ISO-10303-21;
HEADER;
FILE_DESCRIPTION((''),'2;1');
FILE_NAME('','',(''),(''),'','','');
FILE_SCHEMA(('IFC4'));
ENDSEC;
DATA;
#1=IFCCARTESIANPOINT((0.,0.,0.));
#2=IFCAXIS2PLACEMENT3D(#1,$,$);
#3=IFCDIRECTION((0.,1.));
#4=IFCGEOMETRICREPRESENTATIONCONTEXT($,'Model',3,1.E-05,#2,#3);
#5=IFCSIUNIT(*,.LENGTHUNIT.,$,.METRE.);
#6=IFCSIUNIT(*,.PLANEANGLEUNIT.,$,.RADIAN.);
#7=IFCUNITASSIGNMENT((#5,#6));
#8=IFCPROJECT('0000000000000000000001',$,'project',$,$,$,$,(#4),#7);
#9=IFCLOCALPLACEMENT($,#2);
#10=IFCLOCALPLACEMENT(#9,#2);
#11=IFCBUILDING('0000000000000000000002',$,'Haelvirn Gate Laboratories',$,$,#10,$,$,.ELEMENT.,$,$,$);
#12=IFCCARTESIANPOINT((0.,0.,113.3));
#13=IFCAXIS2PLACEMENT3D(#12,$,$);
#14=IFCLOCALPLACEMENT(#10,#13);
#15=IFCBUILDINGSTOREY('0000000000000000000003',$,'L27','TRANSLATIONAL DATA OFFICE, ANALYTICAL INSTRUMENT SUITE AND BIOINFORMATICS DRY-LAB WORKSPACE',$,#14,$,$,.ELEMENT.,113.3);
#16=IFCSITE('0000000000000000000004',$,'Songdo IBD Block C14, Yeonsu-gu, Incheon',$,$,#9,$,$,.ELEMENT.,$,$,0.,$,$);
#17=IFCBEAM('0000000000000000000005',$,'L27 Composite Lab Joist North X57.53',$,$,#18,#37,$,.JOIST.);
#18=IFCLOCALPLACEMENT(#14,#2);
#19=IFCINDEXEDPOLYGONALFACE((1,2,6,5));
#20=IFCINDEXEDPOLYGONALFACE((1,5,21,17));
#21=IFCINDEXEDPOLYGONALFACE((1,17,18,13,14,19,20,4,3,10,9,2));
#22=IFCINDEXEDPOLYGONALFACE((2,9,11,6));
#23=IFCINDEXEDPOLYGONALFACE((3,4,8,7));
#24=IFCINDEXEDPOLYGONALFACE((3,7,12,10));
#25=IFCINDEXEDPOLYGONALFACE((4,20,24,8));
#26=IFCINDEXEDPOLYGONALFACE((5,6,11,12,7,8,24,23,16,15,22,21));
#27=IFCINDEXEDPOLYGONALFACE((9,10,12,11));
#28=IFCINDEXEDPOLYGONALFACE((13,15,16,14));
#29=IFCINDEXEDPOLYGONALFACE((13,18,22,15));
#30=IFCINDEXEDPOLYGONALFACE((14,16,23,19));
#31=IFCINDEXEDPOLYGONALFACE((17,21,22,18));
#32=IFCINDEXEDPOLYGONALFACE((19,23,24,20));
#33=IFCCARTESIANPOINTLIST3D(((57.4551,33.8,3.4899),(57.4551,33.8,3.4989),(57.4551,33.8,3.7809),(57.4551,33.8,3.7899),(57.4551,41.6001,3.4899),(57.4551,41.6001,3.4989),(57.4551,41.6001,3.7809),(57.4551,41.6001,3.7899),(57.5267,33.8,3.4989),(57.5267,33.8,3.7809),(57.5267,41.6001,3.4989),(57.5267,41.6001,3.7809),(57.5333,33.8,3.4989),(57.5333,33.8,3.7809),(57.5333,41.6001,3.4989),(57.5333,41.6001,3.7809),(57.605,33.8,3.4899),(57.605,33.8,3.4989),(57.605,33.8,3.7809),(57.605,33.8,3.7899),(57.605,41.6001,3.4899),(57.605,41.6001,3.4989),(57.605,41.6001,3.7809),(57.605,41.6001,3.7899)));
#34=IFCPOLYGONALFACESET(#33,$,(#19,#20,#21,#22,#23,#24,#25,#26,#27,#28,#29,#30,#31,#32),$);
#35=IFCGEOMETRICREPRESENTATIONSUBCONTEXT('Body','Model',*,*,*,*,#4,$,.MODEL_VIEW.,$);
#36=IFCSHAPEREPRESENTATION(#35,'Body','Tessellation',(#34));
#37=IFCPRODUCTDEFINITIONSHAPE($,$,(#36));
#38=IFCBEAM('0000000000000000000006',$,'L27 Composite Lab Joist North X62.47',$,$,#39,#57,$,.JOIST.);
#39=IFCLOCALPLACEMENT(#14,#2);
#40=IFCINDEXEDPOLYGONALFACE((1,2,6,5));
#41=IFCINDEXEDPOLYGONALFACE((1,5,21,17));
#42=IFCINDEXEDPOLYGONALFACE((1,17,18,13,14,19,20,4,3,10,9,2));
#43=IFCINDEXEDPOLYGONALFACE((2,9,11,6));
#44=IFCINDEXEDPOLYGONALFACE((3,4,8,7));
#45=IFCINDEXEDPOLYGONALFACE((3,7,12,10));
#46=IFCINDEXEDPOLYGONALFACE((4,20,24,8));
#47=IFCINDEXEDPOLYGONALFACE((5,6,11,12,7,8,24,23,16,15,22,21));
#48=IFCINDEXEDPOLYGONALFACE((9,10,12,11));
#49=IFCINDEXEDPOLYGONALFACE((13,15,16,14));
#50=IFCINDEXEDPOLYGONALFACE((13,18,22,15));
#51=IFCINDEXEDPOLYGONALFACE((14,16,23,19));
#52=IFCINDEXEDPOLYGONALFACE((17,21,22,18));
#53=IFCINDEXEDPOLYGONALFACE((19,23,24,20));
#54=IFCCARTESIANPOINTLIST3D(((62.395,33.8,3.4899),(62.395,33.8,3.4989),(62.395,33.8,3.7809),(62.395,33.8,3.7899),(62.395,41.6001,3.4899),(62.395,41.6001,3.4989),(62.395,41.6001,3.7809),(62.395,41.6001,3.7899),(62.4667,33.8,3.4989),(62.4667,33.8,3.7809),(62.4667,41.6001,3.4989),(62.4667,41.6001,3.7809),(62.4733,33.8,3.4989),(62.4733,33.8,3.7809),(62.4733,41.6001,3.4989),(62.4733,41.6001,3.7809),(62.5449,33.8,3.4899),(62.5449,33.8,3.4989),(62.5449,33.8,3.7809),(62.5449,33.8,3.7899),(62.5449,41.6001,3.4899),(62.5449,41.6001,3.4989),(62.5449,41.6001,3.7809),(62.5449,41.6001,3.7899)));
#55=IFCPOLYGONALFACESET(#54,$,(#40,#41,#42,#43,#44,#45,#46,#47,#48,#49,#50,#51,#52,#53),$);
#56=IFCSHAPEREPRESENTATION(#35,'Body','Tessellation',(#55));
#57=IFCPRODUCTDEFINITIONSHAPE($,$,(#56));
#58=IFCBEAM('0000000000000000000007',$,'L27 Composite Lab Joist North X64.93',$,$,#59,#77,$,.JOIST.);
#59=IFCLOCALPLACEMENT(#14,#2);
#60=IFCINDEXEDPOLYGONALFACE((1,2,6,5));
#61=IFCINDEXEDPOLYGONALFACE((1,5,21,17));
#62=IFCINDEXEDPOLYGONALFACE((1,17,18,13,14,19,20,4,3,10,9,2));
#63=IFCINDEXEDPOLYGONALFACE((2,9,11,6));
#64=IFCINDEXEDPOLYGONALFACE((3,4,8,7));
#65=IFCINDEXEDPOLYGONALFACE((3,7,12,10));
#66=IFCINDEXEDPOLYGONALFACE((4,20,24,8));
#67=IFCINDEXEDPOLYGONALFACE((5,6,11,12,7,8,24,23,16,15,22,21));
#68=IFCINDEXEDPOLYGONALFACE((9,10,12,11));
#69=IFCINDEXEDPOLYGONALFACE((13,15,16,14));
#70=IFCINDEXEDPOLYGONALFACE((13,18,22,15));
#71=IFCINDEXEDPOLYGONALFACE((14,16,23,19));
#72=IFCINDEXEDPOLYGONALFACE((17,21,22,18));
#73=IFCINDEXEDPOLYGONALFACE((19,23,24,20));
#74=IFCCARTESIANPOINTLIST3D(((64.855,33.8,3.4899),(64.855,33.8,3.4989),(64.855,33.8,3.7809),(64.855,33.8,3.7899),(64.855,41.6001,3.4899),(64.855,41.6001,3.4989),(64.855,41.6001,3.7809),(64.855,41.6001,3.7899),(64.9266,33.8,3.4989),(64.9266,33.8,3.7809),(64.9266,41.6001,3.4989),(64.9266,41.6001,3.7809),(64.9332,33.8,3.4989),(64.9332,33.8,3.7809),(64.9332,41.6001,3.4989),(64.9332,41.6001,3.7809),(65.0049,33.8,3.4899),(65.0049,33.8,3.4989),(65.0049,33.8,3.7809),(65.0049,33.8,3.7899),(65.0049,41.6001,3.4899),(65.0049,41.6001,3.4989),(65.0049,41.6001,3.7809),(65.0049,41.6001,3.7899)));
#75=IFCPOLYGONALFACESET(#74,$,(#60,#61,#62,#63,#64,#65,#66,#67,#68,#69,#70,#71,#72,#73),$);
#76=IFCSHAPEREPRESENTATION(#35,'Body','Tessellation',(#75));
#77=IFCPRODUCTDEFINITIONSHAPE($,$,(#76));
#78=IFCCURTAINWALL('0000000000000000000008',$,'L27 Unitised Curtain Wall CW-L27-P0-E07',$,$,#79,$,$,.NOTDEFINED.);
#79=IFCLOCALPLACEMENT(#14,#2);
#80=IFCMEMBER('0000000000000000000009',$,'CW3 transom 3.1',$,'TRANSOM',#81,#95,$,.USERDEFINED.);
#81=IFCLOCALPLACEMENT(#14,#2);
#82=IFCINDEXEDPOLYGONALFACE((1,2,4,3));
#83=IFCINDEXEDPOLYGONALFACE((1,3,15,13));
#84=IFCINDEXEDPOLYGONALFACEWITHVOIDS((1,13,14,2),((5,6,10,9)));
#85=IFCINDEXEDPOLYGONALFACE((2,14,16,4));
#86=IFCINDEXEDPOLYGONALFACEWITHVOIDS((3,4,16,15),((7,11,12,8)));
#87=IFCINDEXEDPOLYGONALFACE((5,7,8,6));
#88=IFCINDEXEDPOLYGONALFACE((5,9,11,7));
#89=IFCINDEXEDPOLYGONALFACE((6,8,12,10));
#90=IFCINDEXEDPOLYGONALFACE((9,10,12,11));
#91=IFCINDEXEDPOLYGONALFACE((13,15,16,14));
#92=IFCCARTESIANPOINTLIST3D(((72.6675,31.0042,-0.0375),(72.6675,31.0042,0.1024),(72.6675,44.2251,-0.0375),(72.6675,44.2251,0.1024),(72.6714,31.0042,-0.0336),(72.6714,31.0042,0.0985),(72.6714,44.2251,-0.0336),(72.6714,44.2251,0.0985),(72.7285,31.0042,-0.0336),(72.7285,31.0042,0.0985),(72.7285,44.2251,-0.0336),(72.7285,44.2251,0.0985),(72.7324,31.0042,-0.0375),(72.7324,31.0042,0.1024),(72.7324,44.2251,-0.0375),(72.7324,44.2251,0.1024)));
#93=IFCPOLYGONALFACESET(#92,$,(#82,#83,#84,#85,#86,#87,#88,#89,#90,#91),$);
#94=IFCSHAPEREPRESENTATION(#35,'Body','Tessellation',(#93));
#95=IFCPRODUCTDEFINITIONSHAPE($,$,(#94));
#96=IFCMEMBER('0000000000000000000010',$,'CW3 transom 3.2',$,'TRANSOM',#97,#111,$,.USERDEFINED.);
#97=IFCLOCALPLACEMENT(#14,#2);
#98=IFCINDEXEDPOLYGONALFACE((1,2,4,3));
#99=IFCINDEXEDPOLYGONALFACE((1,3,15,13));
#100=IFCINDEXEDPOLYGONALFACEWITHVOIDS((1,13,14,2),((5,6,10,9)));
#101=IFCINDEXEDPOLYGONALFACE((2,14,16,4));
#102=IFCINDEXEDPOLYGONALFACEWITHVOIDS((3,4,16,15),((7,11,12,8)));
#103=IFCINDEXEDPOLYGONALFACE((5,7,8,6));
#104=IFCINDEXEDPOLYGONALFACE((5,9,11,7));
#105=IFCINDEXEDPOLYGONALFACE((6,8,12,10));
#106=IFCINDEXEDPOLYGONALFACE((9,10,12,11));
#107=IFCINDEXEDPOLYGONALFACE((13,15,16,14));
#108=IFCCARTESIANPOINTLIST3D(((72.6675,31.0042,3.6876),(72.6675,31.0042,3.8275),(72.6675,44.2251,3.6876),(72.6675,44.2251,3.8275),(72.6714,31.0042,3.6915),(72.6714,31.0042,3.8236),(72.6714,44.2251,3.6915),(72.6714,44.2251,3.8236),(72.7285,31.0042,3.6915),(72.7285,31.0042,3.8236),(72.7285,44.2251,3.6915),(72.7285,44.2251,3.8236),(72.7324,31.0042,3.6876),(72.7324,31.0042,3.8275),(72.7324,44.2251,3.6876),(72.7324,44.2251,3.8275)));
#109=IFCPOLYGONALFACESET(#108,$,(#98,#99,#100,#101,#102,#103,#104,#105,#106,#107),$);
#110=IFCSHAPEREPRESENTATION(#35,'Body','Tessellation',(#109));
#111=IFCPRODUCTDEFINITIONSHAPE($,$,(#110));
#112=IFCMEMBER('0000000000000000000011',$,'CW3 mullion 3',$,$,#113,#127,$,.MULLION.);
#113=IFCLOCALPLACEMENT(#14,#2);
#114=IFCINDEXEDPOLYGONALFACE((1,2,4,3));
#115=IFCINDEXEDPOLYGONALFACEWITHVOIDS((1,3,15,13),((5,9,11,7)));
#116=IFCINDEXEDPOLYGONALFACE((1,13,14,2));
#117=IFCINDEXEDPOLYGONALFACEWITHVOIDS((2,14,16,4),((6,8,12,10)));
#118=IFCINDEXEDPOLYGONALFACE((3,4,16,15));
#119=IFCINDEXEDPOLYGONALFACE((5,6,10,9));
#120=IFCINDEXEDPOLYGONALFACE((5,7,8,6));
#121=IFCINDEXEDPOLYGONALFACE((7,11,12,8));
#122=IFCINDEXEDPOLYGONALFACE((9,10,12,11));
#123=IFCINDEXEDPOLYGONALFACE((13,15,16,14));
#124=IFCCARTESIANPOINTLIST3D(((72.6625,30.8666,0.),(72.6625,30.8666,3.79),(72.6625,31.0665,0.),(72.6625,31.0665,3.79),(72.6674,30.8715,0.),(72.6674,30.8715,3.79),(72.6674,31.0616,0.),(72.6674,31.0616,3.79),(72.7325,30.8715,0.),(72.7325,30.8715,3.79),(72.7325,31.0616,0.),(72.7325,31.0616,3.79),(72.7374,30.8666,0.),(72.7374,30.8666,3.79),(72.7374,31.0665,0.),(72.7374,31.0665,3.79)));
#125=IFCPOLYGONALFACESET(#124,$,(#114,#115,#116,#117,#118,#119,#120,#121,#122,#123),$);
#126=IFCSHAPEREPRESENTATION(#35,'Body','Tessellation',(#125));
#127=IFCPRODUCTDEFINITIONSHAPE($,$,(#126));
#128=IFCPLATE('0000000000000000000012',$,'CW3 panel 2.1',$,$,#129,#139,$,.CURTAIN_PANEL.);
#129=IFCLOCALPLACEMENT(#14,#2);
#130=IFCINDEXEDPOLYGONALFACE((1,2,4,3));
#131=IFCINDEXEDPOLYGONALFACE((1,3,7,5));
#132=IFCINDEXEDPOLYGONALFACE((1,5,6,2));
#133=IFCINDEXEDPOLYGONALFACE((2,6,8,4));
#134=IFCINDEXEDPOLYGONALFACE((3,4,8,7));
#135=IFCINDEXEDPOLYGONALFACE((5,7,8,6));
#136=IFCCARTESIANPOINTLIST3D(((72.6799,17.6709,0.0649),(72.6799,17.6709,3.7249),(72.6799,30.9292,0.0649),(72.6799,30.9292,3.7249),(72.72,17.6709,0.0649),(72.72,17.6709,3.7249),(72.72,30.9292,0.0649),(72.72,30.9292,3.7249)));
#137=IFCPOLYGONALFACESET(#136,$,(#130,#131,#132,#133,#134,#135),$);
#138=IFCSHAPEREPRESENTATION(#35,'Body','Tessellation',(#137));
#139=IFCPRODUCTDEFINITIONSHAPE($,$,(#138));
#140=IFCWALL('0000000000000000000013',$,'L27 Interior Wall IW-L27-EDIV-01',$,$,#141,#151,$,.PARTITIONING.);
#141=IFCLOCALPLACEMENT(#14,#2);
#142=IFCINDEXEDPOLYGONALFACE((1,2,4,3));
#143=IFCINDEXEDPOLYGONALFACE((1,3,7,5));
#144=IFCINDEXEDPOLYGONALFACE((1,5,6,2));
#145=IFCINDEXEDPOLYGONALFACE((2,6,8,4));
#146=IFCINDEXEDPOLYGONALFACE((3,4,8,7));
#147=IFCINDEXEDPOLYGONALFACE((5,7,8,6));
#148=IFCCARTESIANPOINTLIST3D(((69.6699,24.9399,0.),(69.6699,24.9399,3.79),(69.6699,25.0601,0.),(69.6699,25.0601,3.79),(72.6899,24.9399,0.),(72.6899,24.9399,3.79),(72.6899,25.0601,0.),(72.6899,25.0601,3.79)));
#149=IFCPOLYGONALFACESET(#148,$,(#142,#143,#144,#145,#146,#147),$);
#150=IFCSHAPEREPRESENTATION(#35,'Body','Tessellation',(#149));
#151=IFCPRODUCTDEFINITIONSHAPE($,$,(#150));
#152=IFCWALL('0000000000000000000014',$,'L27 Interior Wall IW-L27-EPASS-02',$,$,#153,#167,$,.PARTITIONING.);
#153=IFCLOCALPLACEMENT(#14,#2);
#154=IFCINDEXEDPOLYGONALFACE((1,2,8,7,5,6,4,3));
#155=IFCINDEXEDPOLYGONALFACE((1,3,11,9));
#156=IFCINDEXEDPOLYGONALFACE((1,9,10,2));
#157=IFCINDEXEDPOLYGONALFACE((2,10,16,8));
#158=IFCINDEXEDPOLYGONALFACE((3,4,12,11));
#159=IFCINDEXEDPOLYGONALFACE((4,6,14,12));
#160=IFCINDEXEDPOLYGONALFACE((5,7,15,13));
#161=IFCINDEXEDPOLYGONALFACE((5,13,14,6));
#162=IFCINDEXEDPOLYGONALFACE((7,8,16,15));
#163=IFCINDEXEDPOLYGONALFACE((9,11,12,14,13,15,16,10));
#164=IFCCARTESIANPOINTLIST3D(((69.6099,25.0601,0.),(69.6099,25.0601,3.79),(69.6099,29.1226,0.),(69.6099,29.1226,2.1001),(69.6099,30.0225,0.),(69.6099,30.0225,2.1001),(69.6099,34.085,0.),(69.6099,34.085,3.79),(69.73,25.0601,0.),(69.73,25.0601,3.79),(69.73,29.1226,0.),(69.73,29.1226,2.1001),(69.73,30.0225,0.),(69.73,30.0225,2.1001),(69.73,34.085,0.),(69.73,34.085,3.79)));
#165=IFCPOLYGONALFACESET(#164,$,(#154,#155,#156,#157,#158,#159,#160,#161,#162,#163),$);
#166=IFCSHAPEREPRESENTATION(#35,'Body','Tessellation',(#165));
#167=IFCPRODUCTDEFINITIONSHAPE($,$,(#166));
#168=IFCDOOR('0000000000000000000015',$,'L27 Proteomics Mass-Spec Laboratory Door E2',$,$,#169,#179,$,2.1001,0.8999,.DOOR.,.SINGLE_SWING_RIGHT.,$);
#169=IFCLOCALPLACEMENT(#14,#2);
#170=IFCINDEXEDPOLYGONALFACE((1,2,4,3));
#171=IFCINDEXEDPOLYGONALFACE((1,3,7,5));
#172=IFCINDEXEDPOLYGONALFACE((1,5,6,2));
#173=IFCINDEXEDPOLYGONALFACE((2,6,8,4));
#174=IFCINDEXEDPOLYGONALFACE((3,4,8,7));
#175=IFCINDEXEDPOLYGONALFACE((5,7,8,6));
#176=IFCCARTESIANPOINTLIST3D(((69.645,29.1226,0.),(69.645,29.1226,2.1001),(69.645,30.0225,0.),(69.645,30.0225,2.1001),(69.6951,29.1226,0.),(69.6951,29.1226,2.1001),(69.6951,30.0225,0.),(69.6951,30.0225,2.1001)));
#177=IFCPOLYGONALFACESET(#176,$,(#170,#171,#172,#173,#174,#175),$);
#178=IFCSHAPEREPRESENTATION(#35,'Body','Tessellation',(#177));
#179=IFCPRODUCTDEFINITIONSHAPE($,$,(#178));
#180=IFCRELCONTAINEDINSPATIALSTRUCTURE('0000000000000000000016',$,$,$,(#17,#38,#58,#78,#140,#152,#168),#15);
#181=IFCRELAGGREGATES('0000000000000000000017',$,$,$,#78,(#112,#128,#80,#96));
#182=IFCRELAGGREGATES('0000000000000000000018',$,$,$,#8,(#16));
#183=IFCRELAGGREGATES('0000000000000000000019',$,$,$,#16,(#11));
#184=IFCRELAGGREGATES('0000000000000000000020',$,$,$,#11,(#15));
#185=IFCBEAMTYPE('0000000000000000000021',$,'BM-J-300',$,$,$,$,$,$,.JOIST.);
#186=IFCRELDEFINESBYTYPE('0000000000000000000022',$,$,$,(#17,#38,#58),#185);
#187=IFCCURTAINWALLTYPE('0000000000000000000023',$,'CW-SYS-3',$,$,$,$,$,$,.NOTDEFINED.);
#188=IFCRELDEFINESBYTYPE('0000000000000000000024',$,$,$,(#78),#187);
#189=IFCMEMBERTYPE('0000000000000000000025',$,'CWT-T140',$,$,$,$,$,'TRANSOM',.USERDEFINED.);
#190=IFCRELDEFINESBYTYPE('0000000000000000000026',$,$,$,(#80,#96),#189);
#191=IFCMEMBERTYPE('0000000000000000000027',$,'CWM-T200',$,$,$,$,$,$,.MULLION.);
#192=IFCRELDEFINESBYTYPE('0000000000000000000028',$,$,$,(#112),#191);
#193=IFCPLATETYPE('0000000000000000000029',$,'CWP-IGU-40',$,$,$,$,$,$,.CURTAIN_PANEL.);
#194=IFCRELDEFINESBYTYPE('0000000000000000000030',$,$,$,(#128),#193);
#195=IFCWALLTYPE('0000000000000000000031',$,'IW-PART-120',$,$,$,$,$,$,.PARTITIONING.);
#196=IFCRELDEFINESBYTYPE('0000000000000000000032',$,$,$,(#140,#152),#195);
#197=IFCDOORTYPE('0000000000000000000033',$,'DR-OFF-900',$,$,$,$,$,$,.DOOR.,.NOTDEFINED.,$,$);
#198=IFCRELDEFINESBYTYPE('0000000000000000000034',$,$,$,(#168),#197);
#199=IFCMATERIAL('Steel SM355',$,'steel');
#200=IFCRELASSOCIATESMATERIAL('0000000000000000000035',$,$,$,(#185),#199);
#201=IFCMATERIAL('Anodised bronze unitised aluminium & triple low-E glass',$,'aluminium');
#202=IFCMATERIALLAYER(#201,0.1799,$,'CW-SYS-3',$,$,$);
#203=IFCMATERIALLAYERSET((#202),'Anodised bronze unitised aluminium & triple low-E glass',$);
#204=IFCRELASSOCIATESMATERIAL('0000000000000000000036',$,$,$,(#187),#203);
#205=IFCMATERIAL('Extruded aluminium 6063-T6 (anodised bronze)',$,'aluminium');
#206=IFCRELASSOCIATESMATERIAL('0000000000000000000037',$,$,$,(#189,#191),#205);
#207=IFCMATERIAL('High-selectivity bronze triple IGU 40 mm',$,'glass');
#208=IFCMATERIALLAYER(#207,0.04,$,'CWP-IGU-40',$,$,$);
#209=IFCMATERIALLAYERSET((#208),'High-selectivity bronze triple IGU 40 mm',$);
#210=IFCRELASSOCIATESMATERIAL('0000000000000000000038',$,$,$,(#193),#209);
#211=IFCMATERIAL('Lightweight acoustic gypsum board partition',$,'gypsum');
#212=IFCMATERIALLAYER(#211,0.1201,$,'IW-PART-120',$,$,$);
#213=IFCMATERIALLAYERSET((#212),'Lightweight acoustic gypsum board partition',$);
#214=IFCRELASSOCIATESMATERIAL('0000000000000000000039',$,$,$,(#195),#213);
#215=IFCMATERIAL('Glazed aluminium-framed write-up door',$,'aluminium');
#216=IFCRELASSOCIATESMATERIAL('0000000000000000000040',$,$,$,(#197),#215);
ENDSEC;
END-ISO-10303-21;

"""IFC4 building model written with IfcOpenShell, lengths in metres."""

from ifc_helpers import new_model, si_unit, direction, frame, frame_2d, origin, origin_2d, place, context, subcontext, project, spatial, rectangle, hollow_rectangle, i_section, extrude, source, transform, mapped, material, layer, layer_set, material_profile, profile_set, type_object, type_shapes, element, fill, aggregate, save


model = new_model("IFC4")

# Units and contexts
model_context = context("Model", 3, precision=1e-05, world=origin(), true_north=direction((0.0, 1.0)))
body_context = subcontext(model_context, "Body", "Model", "MODEL_VIEW")
ifc_project = project(units=[si_unit("LENGTHUNIT", "METRE"), si_unit("PLANEANGLEUNIT", "RADIAN")], contexts=[model_context])

# Site, building, storey
site_placement = place(None, origin())
site = spatial("IfcSite", under=ifc_project, at=site_placement, Name="Songdo IBD Block C14, Yeonsu-gu, Incheon", CompositionType="ELEMENT", RefElevation=0.0)
building_placement = place(site_placement, origin())
building = spatial("IfcBuilding", under=site, at=building_placement, Name="Haelvirn Gate Laboratories", CompositionType="ELEMENT")
storey_placement = place(building_placement, frame((0.0, 0.0, 113.3)))
storey = spatial("IfcBuildingStorey", under=building, at=storey_placement, Name="L27", Description="TRANSLATIONAL DATA OFFICE, ANALYTICAL INSTRUMENT SUITE AND BIOINFORMATICS DRY-LAB WORKSPACE", CompositionType="ELEMENT", Elevation=113.3)

# Beams
ifc_material_1 = material(Name="Steel SM355", Category="steel")
ifc_material_profile_1 = material_profile(ifc_material_1, i_section(OverallWidth=0.1499, OverallDepth=0.3, WebThickness=0.0066, FlangeThickness=0.009, at=origin_2d()), Name="H-300x150x6.5x9")
ifc_profile_set_1 = profile_set([ifc_material_profile_1], Name="Steel SM355")
beam_type = type_object("IfcBeamType", Name="BM-J-300", PredefinedType="JOIST", material=ifc_profile_set_1)
shared_shape_1 = source(origin(), body_context, "Body", "SweptSolid", [
    extrude(i_section(OverallWidth=0.1499, OverallDepth=0.3, WebThickness=0.0066, FlangeThickness=0.009, at=origin_2d()), origin(), (0.0, 0.0, 1.0), 7.8),
])
type_shapes(beam_type, [shared_shape_1])
for number, where, z_axis, x_axis, name in (
    (1, (57.53, 33.8, 3.6399), (0.0, 1.0, 0.0), (-1.0, 0.0, 0.0), "L27 Composite Lab Joist North X57.53"),
    (2, (62.47, 33.8, 3.6399), (0.0, 1.0, 0.0), (-1.0, 0.0, 0.0), "L27 Composite Lab Joist North X62.47"),
    (3, (64.9299, 33.8, 3.6399), (0.0, 1.0, 0.0), (-1.0, 0.0, 0.0), "L27 Composite Lab Joist North X64.93"),
):
    element("IfcBeam", number, at=place(storey_placement, frame(where, z_axis=z_axis, x_axis=x_axis)), inside=storey, type_object=beam_type, Name=name, PredefinedType="JOIST", context=body_context, shape_type="MappedRepresentation", body=[
        mapped(shared_shape_1, transform((0.0, 0.0, 0.0), scale=1.0)),
    ])

# Curtain wall, members, plate
ifc_material_2 = material(Name="Anodised bronze unitised aluminium & triple low-E glass", Category="aluminium")
ifc_layer_1 = layer(ifc_material_2, 0.1799, Name="CW-SYS-3")
ifc_layer_set_1 = layer_set([ifc_layer_1], Name="Anodised bronze unitised aluminium & triple low-E glass")
curtain_wall_type = type_object("IfcCurtainWallType", Name="CW-SYS-3", PredefinedType="NOTDEFINED", material=ifc_layer_set_1)
curtain_wall_placement = place(storey_placement, origin())
curtain_wall = element("IfcCurtainWall", 4, at=curtain_wall_placement, inside=storey, type_object=curtain_wall_type, Name="L27 Unitised Curtain Wall CW-L27-P0-E07", PredefinedType="NOTDEFINED")
ifc_material_3 = material(Name="Extruded aluminium 6063-T6 (anodised bronze)", Category="aluminium")
ifc_material_profile_2 = material_profile(ifc_material_3, hollow_rectangle(XDim=0.0649, YDim=0.1399, WallThickness=0.0039, at=origin_2d()), Name="CWT-140x65x4")
ifc_profile_set_2 = profile_set([ifc_material_profile_2], Name="Extruded aluminium 6063-T6 (anodised bronze)")
member_type_1 = type_object("IfcMemberType", Name="CWT-T140", ElementType="TRANSOM", PredefinedType="USERDEFINED", material=ifc_profile_set_2)
shared_shape_2 = source(origin(), body_context, "Body", "SweptSolid", [
    extrude(hollow_rectangle(XDim=0.0649, YDim=0.1399, WallThickness=0.0039, at=origin_2d()), origin(), (0.0, 0.0, 1.0), 13.2209),
])
type_shapes(member_type_1, [shared_shape_2])
member_1_placement = place(storey_placement, frame((72.7, 31.0042, 0.0325), z_axis=(0.0, 1.0, 0.0), x_axis=(-1.0, 0.0, 0.0)))
member_1 = element("IfcMember", 5, at=member_1_placement, type_object=member_type_1, Name="CW3 transom 3.1", ObjectType="TRANSOM", PredefinedType="USERDEFINED", context=body_context, shape_type="MappedRepresentation", body=[
    mapped(shared_shape_2, transform((0.0, 0.0, 0.0), scale=1.0)),
])
member_2_placement = place(storey_placement, frame((72.7, 31.0042, 3.7576), z_axis=(0.0, 1.0, 0.0), x_axis=(-1.0, 0.0, 0.0)))
member_2 = element("IfcMember", 6, at=member_2_placement, type_object=member_type_1, Name="CW3 transom 3.2", ObjectType="TRANSOM", PredefinedType="USERDEFINED", context=body_context, shape_type="MappedRepresentation", body=[
    mapped(shared_shape_2, transform((0.0, 0.0, 0.0), scale=1.0)),
])
ifc_material_profile_3 = material_profile(ifc_material_3, hollow_rectangle(XDim=0.075, YDim=0.2, WallThickness=0.0049, at=origin_2d()), Name="CWM-200x75x5")
ifc_profile_set_3 = profile_set([ifc_material_profile_3], Name="Extruded aluminium 6063-T6 (anodised bronze)")
member_type_2 = type_object("IfcMemberType", Name="CWM-T200", PredefinedType="MULLION", material=ifc_profile_set_3)
shared_shape_3 = source(origin(), body_context, "Body", "SweptSolid", [
    extrude(hollow_rectangle(XDim=0.075, YDim=0.2, WallThickness=0.0049, at=origin_2d()), origin(), (0.0, 0.0, 1.0), 3.79),
])
type_shapes(member_type_2, [shared_shape_3])
member_3_placement = place(storey_placement, frame((72.7, 30.9666, 0.0), z_axis=(0.0, 0.0, 1.0), x_axis=(-1.0, 0.0, 0.0)))
member_3 = element("IfcMember", 7, at=member_3_placement, type_object=member_type_2, Name="CW3 mullion 3", PredefinedType="MULLION", context=body_context, shape_type="MappedRepresentation", body=[
    mapped(shared_shape_3, transform((0.0, 0.0, 0.0), scale=1.0)),
])
ifc_material_4 = material(Name="High-selectivity bronze triple IGU 40 mm", Category="glass")
ifc_layer_2 = layer(ifc_material_4, 0.04, Name="CWP-IGU-40")
ifc_layer_set_2 = layer_set([ifc_layer_2], Name="High-selectivity bronze triple IGU 40 mm")
plate_type = type_object("IfcPlateType", Name="CWP-IGU-40", PredefinedType="CURTAIN_PANEL", material=ifc_layer_set_2)
shared_shape_4 = source(origin(), body_context, "Body", "SweptSolid", [
    extrude(rectangle(XDim=13.2583, YDim=0.04, at=origin_2d()), origin(), (0.0, 0.0, 1.0), 3.6599),
])
type_shapes(plate_type, [shared_shape_4])
plate_placement = place(storey_placement, frame((72.7, 24.3, 0.0649), z_axis=(0.0, 0.0, 1.0), x_axis=(0.0, 1.0, 0.0)))
plate = element("IfcPlate", 8, at=plate_placement, type_object=plate_type, Name="CW3 panel 2.1", PredefinedType="CURTAIN_PANEL", context=body_context, shape_type="MappedRepresentation", body=[
    mapped(shared_shape_4, transform((0.0, 0.0, 0.0), scale=1.0)),
])
aggregate(curtain_wall, [member_3, plate, member_1, member_2])

# Wall
ifc_material_5 = material(Name="Lightweight acoustic gypsum board partition", Category="gypsum")
ifc_layer_3 = layer(ifc_material_5, 0.1201, Name="IW-PART-120")
ifc_layer_set_3 = layer_set([ifc_layer_3], Name="Lightweight acoustic gypsum board partition")
wall_type_1 = type_object("IfcWallType", Name="IW-PART-120", PredefinedType="PARTITIONING", material=ifc_layer_set_3)
wall_1_placement = place(storey_placement, frame((69.6699, 25.0, 0.0), z_axis=(0.0, 0.0, 1.0), x_axis=(1.0, 0.0, 0.0)))
element("IfcWall", 9, at=wall_1_placement, inside=storey, type_object=wall_type_1, Name="L27 Interior Wall IW-L27-EDIV-01", PredefinedType="PARTITIONING", context=body_context, shape_type="SweptSolid", body=[
    extrude(rectangle(XDim=3.02, YDim=0.1201, at=frame_2d((1.51, 0.0))), origin(), (0.0, 0.0, 1.0), 3.79),
])

# Wall, opening, door
wall_2_placement = place(storey_placement, frame((69.6699, 25.0601, 0.0), z_axis=(0.0, 0.0, 1.0), x_axis=(0.0, 1.0, 0.0)))
wall_2 = element("IfcWall", 10, at=wall_2_placement, inside=storey, type_object=wall_type_1, Name="L27 Interior Wall IW-L27-EPASS-02", PredefinedType="PARTITIONING", context=body_context, shape_type="SweptSolid", body=[
    extrude(rectangle(XDim=9.0249, YDim=0.1201, at=frame_2d((4.5125, 0.0))), origin(), (0.0, 0.0, 1.0), 3.79),
])
opening_1_placement = place(wall_2_placement, frame((4.0625, 0.0, 0.0)))
opening_1 = element("IfcOpeningElement", 11, at=opening_1_placement, cuts=wall_2, PredefinedType="OPENING", context=body_context, shape_type="SweptSolid", body=[
    extrude(rectangle(XDim=0.8999, YDim=2.1001, at=frame_2d((0.45, 1.05))), frame((0.0, 0.0701, 0.0), z_axis=(0.0, -1.0, 0.0), x_axis=(1.0, 0.0, 0.0)), (0.0, 0.0, 1.0), 0.1401),
])
ifc_material_6 = material(Name="Glazed aluminium-framed write-up door", Category="aluminium")
door_type_1 = type_object("IfcDoorType", Name="DR-OFF-900", OperationType="NOTDEFINED", PredefinedType="DOOR", material=ifc_material_6)
shared_shape_5 = source(origin(), body_context, "Body", "SweptSolid", [
    extrude(rectangle(XDim=0.8999, YDim=2.1001, at=frame_2d((0.45, 1.05))), frame((0.0, 0.0249, 0.0), z_axis=(0.0, -1.0, 0.0), x_axis=(1.0, 0.0, 0.0)), (0.0, 0.0, 1.0), 0.05),
])
type_shapes(door_type_1, [shared_shape_5])
door_1_placement = place(opening_1_placement, origin())
door_1 = element("IfcDoor", 12, at=door_1_placement, inside=storey, type_object=door_type_1, Name="L27 Proteomics Mass-Spec Laboratory Door E2", OperationType="SINGLE_SWING_RIGHT", OverallHeight=2.1001, OverallWidth=0.8999, PredefinedType="DOOR", context=body_context, shape_type="MappedRepresentation", body=[
    mapped(shared_shape_5, transform((0.0, 0.0, 0.0), scale=1.0)),
])
fill(opening_1, door_1)

save(model, "model.ifc")
